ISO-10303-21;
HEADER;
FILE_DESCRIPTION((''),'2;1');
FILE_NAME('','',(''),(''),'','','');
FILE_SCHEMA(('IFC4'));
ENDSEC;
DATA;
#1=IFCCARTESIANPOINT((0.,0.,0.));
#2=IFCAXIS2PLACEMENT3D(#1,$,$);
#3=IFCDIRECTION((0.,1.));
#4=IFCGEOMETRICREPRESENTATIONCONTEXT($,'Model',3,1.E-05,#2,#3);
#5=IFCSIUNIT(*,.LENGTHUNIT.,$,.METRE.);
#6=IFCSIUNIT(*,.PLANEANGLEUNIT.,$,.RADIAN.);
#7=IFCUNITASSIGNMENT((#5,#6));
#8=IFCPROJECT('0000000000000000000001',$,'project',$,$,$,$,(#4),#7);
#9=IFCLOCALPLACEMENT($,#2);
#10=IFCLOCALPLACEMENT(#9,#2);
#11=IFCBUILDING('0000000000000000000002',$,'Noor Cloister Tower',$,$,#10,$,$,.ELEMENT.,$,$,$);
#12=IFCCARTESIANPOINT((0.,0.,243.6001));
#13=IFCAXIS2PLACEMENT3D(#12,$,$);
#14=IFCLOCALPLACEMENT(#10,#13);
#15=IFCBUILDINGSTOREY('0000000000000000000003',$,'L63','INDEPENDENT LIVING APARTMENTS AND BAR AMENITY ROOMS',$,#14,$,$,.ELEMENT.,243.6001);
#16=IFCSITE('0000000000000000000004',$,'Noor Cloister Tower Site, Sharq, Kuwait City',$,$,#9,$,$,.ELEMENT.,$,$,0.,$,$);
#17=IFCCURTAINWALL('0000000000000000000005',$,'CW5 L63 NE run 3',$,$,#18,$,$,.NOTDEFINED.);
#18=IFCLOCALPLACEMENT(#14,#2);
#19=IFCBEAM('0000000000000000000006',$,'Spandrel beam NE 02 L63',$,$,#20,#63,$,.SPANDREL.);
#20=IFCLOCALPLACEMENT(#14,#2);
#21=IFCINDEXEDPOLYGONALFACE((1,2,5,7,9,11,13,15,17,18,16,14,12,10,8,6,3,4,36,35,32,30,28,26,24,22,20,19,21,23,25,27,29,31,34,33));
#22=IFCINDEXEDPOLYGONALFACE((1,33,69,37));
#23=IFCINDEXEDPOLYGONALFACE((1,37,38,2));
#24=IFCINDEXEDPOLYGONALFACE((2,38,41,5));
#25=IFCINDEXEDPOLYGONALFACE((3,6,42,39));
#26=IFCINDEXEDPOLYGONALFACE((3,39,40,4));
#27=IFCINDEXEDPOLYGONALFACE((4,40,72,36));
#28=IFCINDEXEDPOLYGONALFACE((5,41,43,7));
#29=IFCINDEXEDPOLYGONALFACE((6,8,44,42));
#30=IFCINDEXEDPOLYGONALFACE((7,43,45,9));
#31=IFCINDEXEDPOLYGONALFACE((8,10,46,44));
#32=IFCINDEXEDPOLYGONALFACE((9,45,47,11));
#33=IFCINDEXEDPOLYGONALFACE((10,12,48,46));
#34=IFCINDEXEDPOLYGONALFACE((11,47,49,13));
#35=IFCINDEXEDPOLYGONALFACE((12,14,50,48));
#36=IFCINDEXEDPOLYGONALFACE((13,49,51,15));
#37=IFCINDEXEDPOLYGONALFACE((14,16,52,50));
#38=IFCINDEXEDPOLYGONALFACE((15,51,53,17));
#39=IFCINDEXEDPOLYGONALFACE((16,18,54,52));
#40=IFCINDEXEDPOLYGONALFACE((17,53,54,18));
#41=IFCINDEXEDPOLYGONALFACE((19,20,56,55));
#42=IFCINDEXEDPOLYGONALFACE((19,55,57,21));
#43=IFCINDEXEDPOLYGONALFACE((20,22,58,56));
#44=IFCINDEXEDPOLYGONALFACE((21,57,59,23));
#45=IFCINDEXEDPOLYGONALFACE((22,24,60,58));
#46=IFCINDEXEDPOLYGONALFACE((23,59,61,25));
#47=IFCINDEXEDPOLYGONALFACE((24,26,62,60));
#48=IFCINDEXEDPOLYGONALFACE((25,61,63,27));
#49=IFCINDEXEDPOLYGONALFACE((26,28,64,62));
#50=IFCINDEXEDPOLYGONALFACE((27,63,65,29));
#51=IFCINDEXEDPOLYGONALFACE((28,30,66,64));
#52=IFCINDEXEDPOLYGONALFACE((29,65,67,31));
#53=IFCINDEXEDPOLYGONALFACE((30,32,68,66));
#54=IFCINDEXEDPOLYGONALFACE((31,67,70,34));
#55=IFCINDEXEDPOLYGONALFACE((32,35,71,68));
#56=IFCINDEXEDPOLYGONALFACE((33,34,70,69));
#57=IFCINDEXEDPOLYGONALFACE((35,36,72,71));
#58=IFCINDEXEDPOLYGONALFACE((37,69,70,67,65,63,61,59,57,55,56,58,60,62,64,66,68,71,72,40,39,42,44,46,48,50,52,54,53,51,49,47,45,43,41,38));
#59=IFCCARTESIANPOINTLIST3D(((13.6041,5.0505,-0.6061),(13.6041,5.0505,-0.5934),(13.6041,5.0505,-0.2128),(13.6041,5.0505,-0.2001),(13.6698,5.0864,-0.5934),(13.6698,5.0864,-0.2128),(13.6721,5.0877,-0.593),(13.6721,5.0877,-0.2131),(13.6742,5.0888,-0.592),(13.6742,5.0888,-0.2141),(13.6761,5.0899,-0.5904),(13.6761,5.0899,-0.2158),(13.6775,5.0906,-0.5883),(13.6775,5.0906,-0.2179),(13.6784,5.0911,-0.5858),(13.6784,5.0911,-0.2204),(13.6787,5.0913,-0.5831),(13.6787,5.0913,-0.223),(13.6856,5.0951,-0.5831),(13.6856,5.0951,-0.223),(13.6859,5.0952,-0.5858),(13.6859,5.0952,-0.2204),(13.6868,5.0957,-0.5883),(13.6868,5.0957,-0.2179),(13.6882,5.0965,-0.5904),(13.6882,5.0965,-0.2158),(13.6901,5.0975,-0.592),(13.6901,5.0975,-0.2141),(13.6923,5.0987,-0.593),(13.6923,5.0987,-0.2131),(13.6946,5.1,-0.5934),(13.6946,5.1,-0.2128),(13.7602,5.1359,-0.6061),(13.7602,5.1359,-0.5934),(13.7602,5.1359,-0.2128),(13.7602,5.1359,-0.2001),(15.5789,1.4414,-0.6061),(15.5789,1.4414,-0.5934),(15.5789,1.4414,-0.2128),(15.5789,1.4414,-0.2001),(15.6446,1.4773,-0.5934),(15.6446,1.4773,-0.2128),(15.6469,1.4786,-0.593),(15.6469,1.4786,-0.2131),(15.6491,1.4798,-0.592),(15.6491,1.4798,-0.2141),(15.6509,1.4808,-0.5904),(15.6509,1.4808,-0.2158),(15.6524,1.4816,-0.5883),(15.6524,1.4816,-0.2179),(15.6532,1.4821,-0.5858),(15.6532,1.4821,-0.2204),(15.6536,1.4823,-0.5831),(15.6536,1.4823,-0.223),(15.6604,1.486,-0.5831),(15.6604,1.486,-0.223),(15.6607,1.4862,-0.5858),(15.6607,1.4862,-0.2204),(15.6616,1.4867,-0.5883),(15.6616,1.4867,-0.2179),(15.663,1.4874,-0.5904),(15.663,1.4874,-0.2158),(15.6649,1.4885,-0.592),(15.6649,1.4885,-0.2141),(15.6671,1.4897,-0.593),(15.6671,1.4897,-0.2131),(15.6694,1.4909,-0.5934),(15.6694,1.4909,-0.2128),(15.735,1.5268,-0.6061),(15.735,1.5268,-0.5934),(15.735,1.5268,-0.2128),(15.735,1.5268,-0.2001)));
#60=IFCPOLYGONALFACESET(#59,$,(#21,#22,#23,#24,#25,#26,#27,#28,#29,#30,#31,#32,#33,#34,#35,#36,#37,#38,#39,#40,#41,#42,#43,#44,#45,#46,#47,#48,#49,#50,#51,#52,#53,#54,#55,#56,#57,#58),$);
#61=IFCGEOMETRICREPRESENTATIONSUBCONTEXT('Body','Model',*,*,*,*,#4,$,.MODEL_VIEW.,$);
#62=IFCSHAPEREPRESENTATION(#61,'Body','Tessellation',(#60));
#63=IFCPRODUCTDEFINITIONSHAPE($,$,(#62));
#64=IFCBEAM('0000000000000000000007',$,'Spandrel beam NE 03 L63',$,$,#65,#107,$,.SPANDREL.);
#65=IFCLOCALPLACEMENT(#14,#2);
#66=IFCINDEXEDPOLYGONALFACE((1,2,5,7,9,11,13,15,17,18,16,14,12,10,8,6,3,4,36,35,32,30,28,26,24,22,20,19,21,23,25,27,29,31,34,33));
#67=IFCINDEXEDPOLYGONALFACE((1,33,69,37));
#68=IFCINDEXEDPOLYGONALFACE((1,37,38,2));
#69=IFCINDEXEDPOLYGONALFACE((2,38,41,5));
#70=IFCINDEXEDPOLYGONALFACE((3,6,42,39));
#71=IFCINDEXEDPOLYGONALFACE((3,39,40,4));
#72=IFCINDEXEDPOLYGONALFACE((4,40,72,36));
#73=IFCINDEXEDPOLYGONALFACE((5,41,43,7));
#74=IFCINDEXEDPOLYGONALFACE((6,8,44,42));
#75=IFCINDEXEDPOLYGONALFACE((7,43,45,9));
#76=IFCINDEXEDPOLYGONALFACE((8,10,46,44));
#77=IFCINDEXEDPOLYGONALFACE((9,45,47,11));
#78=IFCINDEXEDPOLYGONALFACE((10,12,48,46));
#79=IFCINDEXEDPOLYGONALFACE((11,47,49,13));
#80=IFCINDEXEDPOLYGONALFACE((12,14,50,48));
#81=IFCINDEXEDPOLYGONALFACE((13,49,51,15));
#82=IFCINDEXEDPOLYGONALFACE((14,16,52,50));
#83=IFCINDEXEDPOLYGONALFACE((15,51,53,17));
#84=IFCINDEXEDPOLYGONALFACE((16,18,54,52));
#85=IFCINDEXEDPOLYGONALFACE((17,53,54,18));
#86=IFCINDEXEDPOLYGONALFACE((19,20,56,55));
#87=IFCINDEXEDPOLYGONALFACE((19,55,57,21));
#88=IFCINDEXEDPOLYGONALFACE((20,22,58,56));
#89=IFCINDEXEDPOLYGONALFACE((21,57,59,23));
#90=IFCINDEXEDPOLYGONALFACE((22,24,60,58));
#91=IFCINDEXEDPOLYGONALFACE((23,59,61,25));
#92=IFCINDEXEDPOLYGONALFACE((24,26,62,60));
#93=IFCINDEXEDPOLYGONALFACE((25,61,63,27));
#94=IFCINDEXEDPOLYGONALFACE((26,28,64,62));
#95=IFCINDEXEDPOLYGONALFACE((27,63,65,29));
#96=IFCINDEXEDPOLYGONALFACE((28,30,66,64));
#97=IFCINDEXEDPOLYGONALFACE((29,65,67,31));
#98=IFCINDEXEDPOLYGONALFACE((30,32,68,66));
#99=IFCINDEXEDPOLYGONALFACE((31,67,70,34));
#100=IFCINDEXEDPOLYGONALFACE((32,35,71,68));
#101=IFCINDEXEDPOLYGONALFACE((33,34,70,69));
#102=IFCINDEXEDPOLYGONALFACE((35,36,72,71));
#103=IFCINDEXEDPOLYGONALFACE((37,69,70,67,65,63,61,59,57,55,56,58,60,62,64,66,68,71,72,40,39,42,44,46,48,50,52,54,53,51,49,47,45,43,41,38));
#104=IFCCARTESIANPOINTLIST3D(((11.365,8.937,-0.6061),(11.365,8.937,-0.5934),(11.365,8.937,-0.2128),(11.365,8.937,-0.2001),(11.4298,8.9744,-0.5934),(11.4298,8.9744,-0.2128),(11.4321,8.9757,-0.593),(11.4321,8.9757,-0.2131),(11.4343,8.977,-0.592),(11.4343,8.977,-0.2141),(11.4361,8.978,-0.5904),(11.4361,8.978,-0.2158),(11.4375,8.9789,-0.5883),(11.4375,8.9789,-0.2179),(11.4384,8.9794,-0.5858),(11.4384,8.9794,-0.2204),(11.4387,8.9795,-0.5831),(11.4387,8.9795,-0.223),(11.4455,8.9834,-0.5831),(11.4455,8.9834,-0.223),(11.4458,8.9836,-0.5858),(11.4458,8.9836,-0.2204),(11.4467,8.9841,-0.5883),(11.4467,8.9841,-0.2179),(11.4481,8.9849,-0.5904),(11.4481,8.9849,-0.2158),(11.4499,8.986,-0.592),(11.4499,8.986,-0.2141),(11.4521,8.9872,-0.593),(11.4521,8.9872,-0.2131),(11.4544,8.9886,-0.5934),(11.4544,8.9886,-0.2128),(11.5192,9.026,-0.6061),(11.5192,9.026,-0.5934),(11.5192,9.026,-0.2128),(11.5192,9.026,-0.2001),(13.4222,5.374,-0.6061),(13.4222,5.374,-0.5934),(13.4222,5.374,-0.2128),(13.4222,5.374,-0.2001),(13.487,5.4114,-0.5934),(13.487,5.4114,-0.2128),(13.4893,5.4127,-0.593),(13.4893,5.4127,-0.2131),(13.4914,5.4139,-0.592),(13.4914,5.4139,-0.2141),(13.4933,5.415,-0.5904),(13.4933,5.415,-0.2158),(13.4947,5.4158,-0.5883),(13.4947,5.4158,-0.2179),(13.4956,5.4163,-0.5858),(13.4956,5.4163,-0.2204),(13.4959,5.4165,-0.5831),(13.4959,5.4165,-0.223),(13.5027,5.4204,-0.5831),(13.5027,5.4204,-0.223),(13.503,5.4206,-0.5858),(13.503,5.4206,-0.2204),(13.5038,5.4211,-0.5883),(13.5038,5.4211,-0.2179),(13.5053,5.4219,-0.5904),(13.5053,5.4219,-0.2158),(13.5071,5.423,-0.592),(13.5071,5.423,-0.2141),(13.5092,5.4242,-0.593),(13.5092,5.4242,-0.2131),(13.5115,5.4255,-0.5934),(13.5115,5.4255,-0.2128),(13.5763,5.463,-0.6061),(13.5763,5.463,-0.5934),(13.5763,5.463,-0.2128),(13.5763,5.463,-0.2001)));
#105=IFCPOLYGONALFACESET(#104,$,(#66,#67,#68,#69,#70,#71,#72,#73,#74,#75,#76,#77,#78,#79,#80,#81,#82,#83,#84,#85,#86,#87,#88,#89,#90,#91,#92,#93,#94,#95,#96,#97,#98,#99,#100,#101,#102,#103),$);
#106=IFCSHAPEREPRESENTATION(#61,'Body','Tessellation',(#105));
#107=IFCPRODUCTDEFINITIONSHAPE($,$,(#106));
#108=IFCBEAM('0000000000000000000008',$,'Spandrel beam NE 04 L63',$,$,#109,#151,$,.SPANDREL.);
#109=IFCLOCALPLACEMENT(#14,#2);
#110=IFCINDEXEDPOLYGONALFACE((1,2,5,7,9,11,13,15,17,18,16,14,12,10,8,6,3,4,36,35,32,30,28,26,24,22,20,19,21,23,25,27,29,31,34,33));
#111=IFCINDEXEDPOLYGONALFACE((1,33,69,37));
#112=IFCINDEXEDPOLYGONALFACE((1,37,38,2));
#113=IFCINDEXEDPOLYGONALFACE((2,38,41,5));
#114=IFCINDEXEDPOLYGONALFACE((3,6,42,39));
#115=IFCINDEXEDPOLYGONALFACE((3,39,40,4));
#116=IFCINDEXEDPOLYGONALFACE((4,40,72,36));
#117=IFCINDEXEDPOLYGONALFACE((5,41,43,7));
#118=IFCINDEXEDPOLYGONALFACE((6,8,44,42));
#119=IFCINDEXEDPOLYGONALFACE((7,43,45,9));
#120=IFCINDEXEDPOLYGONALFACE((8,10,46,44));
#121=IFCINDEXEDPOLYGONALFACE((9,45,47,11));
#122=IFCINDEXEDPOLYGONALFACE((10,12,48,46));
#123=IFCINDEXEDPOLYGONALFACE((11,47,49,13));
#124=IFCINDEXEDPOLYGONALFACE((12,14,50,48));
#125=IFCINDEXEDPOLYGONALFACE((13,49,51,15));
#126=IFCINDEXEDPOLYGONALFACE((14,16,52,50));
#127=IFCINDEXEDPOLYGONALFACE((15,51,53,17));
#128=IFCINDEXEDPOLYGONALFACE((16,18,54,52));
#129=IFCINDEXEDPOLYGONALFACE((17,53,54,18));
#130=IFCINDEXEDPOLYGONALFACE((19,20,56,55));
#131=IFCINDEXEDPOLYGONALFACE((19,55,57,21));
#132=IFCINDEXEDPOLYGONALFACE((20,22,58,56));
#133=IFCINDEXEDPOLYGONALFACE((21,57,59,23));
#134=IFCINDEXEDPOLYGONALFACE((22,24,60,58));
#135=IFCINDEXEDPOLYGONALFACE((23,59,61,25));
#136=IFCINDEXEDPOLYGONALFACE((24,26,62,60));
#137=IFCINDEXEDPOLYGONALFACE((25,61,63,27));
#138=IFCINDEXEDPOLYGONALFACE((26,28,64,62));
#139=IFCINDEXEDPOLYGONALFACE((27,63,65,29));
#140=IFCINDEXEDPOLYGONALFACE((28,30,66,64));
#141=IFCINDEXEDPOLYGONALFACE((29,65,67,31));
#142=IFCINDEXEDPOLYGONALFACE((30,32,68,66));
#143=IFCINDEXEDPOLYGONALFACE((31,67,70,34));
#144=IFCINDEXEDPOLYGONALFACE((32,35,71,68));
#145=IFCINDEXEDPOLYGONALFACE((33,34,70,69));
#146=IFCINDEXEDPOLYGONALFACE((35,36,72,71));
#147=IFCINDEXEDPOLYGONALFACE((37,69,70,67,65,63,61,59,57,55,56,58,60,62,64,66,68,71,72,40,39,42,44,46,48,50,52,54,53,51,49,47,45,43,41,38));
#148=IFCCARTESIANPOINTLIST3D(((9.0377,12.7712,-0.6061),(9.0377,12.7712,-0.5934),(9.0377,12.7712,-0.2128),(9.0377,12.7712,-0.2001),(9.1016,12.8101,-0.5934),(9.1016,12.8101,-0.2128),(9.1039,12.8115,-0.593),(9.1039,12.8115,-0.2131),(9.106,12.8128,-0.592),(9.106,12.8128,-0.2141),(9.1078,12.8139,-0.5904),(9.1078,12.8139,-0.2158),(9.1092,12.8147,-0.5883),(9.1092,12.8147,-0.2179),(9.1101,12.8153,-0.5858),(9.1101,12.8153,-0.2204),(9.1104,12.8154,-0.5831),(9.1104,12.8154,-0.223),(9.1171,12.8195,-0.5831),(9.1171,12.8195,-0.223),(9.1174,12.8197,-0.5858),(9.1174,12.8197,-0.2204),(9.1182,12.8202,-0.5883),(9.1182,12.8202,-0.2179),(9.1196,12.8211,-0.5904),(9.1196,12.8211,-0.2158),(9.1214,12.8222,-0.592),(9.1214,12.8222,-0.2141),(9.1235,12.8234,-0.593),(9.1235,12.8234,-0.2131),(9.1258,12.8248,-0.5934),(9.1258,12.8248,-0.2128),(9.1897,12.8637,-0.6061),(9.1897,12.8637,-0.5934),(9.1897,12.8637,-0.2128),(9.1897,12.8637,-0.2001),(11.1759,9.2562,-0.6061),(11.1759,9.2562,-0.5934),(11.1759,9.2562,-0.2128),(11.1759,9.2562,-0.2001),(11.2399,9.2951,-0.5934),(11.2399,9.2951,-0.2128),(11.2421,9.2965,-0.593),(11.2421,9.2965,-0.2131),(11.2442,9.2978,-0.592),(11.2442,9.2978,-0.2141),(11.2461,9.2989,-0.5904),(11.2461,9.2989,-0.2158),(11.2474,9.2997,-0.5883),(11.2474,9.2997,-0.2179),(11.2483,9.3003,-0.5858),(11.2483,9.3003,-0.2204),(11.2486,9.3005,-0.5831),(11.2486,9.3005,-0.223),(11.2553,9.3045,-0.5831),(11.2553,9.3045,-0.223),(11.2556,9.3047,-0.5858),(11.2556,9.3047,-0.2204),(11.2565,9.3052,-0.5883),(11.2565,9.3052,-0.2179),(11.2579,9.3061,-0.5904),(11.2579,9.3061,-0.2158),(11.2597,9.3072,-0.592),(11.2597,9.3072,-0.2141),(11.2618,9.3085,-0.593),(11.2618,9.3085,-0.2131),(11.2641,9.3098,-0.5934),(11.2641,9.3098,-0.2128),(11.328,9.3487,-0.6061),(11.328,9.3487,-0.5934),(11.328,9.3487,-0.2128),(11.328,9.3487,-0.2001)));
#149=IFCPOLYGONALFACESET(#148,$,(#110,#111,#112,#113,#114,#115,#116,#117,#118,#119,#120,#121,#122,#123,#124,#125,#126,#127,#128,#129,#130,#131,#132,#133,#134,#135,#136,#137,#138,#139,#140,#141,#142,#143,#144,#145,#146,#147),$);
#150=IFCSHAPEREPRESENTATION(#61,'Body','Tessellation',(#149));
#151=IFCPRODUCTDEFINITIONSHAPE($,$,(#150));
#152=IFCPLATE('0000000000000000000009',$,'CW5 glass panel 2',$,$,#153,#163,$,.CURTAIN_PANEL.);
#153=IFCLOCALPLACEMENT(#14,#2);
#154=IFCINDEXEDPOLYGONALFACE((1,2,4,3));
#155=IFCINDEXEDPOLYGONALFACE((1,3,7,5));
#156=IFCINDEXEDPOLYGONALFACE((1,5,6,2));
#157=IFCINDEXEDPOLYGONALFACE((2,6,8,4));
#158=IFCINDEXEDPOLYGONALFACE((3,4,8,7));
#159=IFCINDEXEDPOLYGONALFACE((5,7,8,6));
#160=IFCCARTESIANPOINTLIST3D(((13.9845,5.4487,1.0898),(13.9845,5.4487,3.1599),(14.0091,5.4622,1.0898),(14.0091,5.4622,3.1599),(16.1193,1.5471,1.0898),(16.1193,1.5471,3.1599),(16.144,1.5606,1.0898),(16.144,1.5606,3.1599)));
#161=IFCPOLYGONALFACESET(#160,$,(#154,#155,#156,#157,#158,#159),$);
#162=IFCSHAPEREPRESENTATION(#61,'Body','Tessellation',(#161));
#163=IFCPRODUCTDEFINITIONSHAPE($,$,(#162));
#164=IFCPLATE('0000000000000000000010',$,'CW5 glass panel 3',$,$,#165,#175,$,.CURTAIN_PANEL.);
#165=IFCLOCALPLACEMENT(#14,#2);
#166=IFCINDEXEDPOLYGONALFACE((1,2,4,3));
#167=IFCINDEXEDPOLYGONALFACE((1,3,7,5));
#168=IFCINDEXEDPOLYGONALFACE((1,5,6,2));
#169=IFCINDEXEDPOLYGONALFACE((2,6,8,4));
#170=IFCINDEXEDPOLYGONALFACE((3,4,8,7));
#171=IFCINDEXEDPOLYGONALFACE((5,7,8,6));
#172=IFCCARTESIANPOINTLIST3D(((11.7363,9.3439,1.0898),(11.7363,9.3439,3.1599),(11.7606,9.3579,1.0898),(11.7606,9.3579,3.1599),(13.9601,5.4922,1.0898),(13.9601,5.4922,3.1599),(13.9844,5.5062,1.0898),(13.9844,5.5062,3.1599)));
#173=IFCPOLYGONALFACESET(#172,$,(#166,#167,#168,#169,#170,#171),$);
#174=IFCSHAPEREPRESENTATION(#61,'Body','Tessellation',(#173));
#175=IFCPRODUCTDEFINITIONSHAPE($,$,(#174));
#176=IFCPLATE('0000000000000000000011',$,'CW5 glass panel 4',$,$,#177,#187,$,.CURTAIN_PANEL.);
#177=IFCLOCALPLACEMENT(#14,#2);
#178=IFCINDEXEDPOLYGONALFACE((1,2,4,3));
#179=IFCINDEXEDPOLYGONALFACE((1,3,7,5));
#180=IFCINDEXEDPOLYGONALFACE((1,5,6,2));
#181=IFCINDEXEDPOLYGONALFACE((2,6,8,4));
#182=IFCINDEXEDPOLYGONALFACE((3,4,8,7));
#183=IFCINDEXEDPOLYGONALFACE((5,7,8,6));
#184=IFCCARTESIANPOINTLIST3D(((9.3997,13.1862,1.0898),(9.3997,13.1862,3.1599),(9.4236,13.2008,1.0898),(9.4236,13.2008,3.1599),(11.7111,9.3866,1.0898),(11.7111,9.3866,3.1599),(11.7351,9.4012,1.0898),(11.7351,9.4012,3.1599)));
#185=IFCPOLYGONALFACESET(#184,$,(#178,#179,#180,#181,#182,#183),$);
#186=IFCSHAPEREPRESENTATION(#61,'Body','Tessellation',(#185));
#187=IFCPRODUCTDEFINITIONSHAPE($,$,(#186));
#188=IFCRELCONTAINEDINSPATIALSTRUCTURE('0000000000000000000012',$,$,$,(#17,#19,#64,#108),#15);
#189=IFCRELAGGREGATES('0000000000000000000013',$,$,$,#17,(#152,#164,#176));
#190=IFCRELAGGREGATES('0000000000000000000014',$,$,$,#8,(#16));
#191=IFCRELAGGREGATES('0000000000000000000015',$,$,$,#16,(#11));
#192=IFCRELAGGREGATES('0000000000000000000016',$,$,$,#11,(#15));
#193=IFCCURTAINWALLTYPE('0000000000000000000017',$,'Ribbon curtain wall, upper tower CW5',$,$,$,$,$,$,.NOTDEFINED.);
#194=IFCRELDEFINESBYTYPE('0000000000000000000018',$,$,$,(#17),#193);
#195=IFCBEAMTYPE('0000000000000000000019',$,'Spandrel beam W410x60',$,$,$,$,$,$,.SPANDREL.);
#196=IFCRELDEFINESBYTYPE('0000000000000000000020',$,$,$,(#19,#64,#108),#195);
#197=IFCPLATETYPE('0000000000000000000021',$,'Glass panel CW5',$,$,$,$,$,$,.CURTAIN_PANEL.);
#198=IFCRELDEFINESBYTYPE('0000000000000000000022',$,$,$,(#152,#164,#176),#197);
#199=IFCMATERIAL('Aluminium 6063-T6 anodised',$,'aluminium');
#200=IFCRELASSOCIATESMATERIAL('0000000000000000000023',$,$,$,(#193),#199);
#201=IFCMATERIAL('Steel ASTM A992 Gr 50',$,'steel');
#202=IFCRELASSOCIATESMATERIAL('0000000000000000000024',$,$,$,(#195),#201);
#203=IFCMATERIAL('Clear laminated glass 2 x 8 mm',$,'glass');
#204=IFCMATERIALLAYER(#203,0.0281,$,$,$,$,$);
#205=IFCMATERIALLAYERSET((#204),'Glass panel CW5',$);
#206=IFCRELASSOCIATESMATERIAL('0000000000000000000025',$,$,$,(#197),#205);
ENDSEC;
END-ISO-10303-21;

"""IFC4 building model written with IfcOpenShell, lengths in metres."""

from ifc_helpers import new_model, si_unit, direction, frame, origin, origin_2d, place, context, subcontext, project, spatial, rectangle, i_section, extrude, material, layer, layer_set, material_profile, profile_set, type_object, element, aggregate, save


model = new_model("IFC4")

# Units and contexts
model_context = context("Model", 3, precision=1e-05, world=origin(), true_north=direction((0.0, 1.0)))
body_context = subcontext(model_context, "Body", "Model", "MODEL_VIEW")
ifc_project = project(units=[si_unit("LENGTHUNIT", "METRE"), si_unit("PLANEANGLEUNIT", "RADIAN")], contexts=[model_context])

# Site, building, storey
site_placement = place(None, origin())
site = spatial("IfcSite", under=ifc_project, at=site_placement, Name="Noor Cloister Tower Site, Sharq, Kuwait City", CompositionType="ELEMENT", RefElevation=0.0)
building_placement = place(site_placement, origin())
building = spatial("IfcBuilding", under=site, at=building_placement, Name="Noor Cloister Tower", CompositionType="ELEMENT")
storey_placement = place(building_placement, frame((0.0, 0.0, 243.6001)))
storey = spatial("IfcBuildingStorey", under=building, at=storey_placement, Name="L63", Description="INDEPENDENT LIVING APARTMENTS AND BAR AMENITY ROOMS", CompositionType="ELEMENT", Elevation=243.6001)

# Curtain wall
ifc_material_1 = material(Name="Aluminium 6063-T6 anodised", Category="aluminium")
curtain_wall_type = type_object("IfcCurtainWallType", Name="Ribbon curtain wall, upper tower CW5", PredefinedType="NOTDEFINED", material=ifc_material_1)
curtain_wall_placement = place(storey_placement, origin())
curtain_wall = element("IfcCurtainWall", 1, at=curtain_wall_placement, inside=storey, type_object=curtain_wall_type, Name="CW5 L63 NE run 3", PredefinedType="NOTDEFINED")

# Beams
ifc_material_2 = material(Name="Steel ASTM A992 Gr 50", Category="steel")
ifc_material_profile_1 = material_profile(ifc_material_2, i_section(OverallWidth=0.178, OverallDepth=0.406, WebThickness=0.0078, FlangeThickness=0.0127, FilletRadius=0.0103, at=origin_2d()), Name="W410x60")
ifc_profile_set_1 = profile_set([ifc_material_profile_1], Name="Steel ASTM A992 Gr 50")
beam_type_1 = type_object("IfcBeamType", Name="Spandrel beam W410x60", PredefinedType="SPANDREL", material=ifc_profile_set_1)
beam_1_placement = place(storey_placement, frame((15.657, 1.4841, -0.4031), z_axis=(-0.48002, 0.877258, 0.0), x_axis=(-0.877258, -0.48002, 0.0)))
element("IfcBeam", 2, at=beam_1_placement, inside=storey, type_object=beam_type_1, Name="Spandrel beam NE 02 L63", PredefinedType="SPANDREL", context=body_context, shape_type="SweptSolid", body=[
    extrude(i_section(OverallWidth=0.178, OverallDepth=0.406, WebThickness=0.0078, FlangeThickness=0.0127, FilletRadius=0.0103, at=origin_2d()), origin(), (0.0, 0.0, 1.0), 4.114),
])
for number, where, z_axis, x_axis, name in (
    (3, (13.4993, 5.4185, -0.4031), (-0.500007, 0.866022, 0.0), (-0.866022, -0.500007, 0.0), "Spandrel beam NE 03 L63"),
    (4, (11.252, 9.3025, -0.4031), (-0.519713, 0.854341, 0.0), (-0.854341, -0.519713, 0.0), "Spandrel beam NE 04 L63"),
):
    element("IfcBeam", number, at=place(storey_placement, frame(where, z_axis=z_axis, x_axis=x_axis)), inside=storey, type_object=beam_type_1, Name=name, PredefinedType="SPANDREL", context=body_context, shape_type="SweptSolid", body=[
        extrude(i_section(OverallWidth=0.178, OverallDepth=0.406, WebThickness=0.0078, FlangeThickness=0.0127, FilletRadius=0.0103, at=origin_2d()), origin(), (0.0, 0.0, 1.0), 4.1143),
    ])

# Plates
ifc_material_3 = material(Name="Clear laminated glass 2 x 8 mm", Category="glass")
ifc_layer_1 = layer(ifc_material_3, 0.0281)
ifc_layer_set_1 = layer_set([ifc_layer_1], Name="Glass panel CW5")
plate_type = type_object("IfcPlateType", Name="Glass panel CW5", PredefinedType="CURTAIN_PANEL", material=ifc_layer_set_1)
plate_1_placement = place(storey_placement, frame((15.0642, 3.5046, 1.0898), z_axis=(0.0, 0.0, 1.0), x_axis=(-0.480015, 0.87726, 0.0)))
plate_1 = element("IfcPlate", 5, at=plate_1_placement, type_object=plate_type, Name="CW5 glass panel 2", PredefinedType="CURTAIN_PANEL", context=body_context, shape_type="SweptSolid", body=[
    extrude(rectangle(XDim=4.4475, YDim=0.0281, at=origin_2d()), origin(), (0.0, 0.0, 1.0), 2.0701),
])
plate_2_placement = place(storey_placement, frame((12.8604, 7.425, 1.0898), z_axis=(0.0, 0.0, 1.0), x_axis=(-0.5, 0.866025, 0.0)))
plate_2 = element("IfcPlate", 6, at=plate_2_placement, type_object=plate_type, Name="CW5 glass panel 3", PredefinedType="CURTAIN_PANEL", context=body_context, shape_type="SweptSolid", body=[
    extrude(rectangle(XDim=4.4475, YDim=0.0281, at=origin_2d()), origin(), (0.0, 0.0, 1.0), 2.0701),
])
plate_3_placement = place(storey_placement, frame((10.5674, 11.2937, 1.0898), z_axis=(0.0, 0.0, 1.0), x_axis=(-0.519722, 0.854335, 0.0)))
plate_3 = element("IfcPlate", 7, at=plate_3_placement, type_object=plate_type, Name="CW5 glass panel 4", PredefinedType="CURTAIN_PANEL", context=body_context, shape_type="SweptSolid", body=[
    extrude(rectangle(XDim=4.4475, YDim=0.0281, at=origin_2d()), origin(), (0.0, 0.0, 1.0), 2.0701),
])
aggregate(curtain_wall, [plate_1, plate_2, plate_3])

save(model, "model.ifc")
